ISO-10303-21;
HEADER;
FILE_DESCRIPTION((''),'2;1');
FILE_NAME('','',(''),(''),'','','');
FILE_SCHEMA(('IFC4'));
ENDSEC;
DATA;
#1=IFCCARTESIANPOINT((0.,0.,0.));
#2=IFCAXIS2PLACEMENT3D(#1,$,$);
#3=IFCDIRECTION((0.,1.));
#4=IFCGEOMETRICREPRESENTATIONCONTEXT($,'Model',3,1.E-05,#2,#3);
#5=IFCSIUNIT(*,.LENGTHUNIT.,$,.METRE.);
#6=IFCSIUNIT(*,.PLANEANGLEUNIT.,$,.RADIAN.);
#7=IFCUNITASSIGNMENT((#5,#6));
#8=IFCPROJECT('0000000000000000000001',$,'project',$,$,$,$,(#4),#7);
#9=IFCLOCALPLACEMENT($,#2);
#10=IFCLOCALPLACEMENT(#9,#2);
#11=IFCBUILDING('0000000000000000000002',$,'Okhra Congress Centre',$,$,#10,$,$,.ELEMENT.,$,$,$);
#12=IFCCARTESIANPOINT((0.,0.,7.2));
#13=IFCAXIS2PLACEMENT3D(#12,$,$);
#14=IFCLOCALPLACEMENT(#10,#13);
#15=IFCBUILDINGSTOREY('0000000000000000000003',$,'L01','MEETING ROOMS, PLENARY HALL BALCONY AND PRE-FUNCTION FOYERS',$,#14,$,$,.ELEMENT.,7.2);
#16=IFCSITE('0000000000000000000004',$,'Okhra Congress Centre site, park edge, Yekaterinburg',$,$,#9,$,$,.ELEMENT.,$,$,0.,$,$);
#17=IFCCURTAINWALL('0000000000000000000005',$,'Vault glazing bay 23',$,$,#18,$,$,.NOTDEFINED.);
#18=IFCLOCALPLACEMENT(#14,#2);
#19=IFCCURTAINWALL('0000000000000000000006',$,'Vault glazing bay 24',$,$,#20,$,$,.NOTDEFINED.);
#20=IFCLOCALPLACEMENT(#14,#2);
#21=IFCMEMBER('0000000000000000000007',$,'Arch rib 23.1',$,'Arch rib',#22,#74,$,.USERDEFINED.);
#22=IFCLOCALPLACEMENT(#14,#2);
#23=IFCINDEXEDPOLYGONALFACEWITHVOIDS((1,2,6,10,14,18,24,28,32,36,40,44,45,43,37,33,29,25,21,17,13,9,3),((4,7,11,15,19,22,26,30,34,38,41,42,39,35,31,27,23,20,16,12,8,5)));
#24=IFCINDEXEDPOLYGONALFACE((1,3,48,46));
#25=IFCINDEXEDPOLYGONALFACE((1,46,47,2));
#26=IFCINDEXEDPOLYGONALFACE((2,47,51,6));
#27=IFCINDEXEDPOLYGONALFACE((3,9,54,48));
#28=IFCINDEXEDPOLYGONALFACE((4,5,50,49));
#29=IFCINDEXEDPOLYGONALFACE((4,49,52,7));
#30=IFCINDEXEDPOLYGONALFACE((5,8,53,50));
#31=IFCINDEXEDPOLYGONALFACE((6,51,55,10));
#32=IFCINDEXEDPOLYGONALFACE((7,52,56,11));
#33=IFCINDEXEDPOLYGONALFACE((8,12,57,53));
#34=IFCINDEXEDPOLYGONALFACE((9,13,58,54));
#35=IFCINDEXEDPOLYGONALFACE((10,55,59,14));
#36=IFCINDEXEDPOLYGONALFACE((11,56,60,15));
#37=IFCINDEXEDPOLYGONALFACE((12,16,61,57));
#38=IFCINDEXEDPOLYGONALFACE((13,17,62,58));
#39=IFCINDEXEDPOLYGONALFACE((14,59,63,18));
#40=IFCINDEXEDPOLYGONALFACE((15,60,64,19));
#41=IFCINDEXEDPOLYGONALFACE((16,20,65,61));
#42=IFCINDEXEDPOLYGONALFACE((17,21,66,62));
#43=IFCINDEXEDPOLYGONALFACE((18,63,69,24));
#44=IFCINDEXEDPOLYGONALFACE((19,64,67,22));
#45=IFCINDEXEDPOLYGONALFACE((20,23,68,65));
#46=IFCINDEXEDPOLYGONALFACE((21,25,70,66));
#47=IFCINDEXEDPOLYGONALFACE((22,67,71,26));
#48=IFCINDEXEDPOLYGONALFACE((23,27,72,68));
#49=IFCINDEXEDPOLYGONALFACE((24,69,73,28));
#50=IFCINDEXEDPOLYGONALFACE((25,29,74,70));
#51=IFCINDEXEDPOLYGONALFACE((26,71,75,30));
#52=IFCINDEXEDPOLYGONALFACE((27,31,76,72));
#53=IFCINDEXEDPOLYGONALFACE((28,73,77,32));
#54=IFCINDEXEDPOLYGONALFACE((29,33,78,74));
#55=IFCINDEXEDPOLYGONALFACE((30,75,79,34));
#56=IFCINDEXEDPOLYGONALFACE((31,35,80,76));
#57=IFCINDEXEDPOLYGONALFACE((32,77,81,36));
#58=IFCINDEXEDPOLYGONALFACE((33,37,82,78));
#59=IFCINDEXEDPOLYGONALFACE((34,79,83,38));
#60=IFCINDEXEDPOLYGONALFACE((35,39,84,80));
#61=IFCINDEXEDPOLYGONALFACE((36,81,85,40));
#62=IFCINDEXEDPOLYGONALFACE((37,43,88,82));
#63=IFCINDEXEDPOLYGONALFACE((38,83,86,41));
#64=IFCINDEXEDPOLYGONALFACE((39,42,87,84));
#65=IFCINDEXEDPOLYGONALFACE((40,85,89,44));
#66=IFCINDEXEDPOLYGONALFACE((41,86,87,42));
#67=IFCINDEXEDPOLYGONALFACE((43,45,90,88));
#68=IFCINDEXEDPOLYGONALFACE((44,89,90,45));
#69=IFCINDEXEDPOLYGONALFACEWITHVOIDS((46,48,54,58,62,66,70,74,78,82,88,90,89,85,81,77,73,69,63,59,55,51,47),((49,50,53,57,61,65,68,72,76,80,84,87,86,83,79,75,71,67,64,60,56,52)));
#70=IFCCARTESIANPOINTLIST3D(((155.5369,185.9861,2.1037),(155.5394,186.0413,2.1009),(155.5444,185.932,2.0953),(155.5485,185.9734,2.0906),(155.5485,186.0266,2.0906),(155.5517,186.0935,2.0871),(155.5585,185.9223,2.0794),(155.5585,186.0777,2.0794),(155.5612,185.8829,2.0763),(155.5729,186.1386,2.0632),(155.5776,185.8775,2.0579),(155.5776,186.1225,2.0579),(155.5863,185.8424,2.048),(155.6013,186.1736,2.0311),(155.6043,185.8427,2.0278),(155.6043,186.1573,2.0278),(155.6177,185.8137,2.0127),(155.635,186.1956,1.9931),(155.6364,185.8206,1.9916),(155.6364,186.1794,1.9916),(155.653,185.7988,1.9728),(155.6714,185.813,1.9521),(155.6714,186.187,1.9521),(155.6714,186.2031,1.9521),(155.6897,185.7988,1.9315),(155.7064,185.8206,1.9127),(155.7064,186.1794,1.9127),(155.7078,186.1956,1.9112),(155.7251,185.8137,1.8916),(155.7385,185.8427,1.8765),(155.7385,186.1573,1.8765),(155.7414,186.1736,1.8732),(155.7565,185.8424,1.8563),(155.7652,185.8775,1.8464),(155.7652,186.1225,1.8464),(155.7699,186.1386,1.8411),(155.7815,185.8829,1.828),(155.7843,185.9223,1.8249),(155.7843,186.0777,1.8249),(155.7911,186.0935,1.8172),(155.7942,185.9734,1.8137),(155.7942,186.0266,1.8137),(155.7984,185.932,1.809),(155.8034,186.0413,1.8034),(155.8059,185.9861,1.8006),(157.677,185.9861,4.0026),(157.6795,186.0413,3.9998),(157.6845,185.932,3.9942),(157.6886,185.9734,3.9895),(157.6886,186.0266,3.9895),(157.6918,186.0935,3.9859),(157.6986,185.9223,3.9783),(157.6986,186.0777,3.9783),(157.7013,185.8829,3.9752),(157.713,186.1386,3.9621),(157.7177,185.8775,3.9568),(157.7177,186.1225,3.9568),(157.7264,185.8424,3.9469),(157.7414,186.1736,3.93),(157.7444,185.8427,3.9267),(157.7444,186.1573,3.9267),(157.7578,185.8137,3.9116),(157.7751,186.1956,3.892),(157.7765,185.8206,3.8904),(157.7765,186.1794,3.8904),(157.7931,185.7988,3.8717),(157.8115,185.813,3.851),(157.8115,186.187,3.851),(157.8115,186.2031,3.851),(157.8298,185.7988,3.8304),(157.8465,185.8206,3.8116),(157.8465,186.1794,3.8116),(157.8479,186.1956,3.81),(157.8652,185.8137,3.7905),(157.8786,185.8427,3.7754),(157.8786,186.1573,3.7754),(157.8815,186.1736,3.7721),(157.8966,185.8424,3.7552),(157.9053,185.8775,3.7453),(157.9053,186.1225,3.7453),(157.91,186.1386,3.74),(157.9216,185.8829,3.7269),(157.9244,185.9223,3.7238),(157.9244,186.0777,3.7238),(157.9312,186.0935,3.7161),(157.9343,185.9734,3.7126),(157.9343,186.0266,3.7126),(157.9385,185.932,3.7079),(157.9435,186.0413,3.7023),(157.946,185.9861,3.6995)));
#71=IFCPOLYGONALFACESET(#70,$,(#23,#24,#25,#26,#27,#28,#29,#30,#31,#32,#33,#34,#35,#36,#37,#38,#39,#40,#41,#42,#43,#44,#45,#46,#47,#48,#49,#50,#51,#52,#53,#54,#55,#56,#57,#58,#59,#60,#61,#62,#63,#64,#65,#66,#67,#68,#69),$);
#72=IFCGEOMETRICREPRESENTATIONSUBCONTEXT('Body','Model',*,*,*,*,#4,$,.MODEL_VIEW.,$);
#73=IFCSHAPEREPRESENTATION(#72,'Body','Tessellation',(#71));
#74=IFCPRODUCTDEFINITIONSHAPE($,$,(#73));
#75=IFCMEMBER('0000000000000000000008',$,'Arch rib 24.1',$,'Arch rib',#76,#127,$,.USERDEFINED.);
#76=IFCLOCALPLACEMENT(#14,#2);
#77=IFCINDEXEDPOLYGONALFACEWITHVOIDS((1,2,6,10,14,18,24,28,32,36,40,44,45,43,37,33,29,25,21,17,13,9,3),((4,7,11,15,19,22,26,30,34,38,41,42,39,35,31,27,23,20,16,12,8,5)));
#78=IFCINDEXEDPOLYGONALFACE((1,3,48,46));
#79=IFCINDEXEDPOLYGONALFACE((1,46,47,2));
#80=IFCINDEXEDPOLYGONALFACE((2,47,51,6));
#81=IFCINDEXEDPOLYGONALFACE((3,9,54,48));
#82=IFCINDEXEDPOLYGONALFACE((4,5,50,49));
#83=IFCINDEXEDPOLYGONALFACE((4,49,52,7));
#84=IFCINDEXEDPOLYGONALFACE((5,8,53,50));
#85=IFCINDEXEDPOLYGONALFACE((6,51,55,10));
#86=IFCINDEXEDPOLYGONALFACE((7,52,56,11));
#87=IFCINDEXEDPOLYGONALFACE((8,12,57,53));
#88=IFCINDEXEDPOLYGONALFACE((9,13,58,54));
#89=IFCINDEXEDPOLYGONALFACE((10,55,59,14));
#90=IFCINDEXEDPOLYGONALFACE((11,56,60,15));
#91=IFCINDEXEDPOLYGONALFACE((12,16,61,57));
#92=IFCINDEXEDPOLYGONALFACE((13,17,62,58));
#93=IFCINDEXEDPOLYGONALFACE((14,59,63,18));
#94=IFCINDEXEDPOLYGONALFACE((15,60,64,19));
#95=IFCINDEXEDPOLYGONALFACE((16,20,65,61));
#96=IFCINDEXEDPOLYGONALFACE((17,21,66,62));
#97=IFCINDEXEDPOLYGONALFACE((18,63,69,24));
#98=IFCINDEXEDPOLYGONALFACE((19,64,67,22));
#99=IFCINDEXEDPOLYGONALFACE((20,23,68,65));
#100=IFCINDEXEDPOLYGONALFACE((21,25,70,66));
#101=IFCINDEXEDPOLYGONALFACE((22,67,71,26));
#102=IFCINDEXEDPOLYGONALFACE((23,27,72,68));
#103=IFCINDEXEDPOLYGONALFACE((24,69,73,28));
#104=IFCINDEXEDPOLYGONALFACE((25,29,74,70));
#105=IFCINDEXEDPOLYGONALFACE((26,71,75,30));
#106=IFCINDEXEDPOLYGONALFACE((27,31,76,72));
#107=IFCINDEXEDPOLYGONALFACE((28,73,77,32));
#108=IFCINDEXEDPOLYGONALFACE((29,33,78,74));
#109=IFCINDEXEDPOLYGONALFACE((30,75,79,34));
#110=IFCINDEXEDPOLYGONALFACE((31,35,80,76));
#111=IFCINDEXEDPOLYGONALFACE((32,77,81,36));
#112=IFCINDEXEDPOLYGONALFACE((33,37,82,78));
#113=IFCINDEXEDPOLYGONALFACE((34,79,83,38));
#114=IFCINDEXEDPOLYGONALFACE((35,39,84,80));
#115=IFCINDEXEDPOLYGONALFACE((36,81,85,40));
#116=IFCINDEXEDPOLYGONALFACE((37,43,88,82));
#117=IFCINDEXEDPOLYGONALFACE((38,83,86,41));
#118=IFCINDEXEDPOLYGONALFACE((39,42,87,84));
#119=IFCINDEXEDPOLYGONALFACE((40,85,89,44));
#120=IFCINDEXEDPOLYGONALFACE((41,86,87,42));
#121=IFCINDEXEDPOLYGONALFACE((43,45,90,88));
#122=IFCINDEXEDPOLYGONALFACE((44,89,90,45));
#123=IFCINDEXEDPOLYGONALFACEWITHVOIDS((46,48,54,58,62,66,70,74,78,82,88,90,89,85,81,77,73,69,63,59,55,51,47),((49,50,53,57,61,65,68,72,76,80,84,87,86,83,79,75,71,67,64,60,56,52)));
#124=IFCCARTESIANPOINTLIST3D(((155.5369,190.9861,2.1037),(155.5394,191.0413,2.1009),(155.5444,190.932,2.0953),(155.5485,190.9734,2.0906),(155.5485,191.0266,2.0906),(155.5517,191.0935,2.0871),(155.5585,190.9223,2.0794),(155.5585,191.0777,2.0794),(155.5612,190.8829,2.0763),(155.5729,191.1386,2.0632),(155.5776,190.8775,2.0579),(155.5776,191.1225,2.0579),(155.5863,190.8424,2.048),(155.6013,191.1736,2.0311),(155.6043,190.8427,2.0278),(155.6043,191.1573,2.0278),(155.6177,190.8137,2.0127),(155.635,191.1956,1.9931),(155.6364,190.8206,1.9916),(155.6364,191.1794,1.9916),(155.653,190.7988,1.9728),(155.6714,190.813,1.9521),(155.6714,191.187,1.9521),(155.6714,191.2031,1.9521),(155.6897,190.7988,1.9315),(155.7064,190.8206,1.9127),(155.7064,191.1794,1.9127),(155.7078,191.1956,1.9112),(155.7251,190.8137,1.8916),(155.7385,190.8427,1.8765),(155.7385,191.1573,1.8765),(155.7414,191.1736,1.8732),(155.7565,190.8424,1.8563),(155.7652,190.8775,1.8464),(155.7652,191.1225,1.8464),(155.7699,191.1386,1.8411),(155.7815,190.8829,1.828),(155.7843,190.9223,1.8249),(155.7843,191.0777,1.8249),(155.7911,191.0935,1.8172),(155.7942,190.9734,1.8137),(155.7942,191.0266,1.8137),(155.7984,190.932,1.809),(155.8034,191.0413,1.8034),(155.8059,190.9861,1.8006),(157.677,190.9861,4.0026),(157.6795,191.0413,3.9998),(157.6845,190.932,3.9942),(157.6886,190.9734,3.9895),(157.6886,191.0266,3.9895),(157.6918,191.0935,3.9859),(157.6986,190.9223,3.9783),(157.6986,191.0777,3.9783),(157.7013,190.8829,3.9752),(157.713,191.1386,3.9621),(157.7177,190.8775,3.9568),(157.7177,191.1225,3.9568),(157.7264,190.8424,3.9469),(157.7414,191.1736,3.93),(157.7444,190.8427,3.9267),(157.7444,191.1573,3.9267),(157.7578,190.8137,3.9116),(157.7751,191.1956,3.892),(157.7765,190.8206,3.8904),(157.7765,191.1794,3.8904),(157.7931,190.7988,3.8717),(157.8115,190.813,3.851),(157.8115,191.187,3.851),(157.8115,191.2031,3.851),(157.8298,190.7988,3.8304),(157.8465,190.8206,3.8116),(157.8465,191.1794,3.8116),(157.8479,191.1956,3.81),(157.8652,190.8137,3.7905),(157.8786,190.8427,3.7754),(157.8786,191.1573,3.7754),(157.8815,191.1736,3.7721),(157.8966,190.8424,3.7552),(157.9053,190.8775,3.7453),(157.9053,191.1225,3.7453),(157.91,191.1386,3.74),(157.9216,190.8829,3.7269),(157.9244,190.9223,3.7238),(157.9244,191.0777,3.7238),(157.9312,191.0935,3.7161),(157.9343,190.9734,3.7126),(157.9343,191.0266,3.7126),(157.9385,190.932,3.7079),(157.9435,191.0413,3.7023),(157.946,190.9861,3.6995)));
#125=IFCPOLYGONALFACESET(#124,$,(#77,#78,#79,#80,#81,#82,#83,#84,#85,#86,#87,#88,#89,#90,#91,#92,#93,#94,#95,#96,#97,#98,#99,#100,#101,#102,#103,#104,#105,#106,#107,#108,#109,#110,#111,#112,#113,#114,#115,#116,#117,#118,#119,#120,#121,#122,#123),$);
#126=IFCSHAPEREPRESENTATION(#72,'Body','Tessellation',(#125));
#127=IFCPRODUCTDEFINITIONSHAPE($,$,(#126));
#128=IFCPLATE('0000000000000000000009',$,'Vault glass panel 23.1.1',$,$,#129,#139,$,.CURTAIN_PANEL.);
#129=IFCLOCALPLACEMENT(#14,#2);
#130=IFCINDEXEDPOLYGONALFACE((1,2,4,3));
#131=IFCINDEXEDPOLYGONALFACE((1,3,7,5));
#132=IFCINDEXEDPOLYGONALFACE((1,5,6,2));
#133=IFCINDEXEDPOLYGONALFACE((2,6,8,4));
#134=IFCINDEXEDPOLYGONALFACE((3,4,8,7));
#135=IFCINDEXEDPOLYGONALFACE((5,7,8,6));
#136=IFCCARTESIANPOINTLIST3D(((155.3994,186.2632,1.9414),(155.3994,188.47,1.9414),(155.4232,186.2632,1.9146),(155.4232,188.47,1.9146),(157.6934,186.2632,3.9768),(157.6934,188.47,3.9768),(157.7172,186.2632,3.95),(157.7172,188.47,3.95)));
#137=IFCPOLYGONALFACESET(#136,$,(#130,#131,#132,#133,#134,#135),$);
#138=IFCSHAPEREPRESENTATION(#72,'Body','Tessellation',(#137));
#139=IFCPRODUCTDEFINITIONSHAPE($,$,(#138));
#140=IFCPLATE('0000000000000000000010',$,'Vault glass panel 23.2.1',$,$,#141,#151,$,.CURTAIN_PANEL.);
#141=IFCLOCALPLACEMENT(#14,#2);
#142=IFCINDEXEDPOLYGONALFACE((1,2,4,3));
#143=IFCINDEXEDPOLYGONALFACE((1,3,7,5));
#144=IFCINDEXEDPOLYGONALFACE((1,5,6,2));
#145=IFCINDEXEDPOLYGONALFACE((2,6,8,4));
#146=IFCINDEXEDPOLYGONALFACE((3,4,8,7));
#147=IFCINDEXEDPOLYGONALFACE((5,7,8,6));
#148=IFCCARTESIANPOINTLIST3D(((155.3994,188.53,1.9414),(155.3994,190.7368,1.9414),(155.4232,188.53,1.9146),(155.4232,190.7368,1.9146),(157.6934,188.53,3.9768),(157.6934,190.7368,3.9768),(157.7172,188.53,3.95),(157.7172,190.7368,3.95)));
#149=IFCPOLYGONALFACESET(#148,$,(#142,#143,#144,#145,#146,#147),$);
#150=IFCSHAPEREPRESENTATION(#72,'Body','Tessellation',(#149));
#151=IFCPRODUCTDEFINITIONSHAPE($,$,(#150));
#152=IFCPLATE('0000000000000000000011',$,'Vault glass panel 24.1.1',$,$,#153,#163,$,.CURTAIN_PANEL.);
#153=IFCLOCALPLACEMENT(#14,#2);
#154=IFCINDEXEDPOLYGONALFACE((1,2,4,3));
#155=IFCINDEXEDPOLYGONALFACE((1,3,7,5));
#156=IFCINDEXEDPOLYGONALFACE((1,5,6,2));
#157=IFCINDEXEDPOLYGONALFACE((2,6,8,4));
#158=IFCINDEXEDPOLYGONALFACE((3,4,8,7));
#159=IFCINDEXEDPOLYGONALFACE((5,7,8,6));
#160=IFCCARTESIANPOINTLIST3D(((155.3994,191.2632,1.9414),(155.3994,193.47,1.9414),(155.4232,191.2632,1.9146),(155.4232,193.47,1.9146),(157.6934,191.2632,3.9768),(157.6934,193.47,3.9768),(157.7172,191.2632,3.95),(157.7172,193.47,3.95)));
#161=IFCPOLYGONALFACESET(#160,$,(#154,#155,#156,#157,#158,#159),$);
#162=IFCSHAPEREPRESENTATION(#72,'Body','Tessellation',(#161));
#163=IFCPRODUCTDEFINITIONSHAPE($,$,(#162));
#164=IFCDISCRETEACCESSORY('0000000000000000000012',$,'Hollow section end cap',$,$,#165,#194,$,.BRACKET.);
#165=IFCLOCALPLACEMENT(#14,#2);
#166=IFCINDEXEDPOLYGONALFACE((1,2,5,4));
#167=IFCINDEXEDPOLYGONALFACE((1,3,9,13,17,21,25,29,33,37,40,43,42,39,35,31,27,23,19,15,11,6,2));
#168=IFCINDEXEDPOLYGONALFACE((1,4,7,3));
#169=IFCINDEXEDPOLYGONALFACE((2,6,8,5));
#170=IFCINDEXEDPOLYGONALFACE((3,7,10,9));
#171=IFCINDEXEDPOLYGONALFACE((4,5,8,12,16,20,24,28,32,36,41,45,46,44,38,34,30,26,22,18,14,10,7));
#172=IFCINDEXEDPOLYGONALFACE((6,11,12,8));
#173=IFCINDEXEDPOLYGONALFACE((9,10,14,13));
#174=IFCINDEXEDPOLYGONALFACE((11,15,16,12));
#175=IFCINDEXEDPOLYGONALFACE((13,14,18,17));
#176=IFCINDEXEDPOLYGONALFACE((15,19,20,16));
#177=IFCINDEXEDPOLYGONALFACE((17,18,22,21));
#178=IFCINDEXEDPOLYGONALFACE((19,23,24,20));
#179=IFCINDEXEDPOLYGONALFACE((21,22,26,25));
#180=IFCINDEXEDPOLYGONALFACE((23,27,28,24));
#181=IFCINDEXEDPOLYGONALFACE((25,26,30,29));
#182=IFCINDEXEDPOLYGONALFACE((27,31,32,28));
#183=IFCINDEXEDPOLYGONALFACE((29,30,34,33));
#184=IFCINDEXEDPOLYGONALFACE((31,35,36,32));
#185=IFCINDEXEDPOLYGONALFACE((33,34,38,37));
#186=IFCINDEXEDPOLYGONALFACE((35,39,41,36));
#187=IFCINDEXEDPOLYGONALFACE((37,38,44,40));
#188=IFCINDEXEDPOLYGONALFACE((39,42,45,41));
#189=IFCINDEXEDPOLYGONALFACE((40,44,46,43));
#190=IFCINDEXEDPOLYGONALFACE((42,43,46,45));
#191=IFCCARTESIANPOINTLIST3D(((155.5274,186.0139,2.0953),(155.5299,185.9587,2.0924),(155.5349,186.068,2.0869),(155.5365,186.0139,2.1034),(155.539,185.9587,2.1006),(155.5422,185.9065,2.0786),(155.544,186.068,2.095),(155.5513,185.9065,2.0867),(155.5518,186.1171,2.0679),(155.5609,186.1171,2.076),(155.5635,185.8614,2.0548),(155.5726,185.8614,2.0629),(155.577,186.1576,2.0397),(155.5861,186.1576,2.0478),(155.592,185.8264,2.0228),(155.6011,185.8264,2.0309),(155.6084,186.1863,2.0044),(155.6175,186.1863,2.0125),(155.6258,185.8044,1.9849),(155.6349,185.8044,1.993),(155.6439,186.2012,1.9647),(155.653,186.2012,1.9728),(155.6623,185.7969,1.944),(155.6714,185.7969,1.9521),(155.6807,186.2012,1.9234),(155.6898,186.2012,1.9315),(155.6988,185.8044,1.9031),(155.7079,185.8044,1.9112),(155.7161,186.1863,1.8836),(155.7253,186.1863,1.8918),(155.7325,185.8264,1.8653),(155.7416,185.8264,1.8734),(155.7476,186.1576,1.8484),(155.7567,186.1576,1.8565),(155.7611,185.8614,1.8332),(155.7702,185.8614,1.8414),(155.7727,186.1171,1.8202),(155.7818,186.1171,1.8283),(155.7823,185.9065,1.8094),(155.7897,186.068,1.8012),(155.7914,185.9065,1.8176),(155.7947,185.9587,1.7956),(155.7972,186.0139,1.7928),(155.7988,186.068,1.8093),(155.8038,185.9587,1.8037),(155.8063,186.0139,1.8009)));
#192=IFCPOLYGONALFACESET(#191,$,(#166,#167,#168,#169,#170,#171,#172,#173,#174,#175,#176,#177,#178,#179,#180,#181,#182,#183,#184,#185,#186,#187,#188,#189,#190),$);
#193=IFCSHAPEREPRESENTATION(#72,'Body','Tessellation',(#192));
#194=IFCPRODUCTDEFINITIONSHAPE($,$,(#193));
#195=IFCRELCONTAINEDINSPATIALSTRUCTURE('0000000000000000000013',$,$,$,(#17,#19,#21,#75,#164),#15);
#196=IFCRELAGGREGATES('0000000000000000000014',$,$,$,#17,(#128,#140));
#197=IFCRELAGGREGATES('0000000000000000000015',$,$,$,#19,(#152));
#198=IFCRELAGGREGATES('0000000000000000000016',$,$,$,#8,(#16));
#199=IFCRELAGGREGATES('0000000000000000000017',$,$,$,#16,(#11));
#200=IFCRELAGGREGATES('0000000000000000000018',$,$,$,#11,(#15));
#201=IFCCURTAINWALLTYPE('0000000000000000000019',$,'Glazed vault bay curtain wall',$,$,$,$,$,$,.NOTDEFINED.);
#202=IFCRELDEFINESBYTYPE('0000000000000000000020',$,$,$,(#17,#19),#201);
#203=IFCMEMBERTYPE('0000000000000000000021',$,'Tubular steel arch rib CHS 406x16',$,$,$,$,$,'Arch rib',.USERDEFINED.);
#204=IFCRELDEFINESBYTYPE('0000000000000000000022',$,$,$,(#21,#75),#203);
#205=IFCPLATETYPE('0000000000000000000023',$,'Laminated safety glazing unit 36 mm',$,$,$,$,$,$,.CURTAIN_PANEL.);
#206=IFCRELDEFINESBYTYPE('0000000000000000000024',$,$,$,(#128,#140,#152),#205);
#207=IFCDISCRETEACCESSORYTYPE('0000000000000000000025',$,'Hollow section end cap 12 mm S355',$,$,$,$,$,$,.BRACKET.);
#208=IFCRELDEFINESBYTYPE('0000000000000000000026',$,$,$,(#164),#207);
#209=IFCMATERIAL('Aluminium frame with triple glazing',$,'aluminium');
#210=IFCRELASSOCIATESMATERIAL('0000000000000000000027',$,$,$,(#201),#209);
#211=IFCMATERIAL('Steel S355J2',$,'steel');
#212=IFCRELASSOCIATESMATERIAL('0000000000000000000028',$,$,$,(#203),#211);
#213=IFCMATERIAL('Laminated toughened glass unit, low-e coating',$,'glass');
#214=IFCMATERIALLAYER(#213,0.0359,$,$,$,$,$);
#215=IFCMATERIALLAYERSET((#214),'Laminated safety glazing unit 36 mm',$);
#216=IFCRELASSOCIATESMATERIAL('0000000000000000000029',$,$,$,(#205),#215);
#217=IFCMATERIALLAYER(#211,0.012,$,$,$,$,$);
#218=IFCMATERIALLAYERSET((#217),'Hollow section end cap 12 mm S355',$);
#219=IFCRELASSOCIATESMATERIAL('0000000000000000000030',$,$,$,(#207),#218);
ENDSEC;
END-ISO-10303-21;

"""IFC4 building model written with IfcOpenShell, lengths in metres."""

from ifc_helpers import new_model, si_unit, direction, frame, origin, origin_2d, place, context, subcontext, project, spatial, polyline, circle, hollow_circle, outline, extrude, material, layer, layer_set, material_profile, profile_set, type_object, element, aggregate, save


model = new_model("IFC4")

# Units and contexts
model_context = context("Model", 3, precision=1e-05, world=origin(), true_north=direction((0.0, 1.0)))
body_context = subcontext(model_context, "Body", "Model", "MODEL_VIEW")
ifc_project = project(units=[si_unit("LENGTHUNIT", "METRE"), si_unit("PLANEANGLEUNIT", "RADIAN")], contexts=[model_context])

# Site, building, storey
site_placement = place(None, origin())
site = spatial("IfcSite", under=ifc_project, at=site_placement, Name="Okhra Congress Centre site, park edge, Yekaterinburg", CompositionType="ELEMENT", RefElevation=0.0)
building_placement = place(site_placement, origin())
building = spatial("IfcBuilding", under=site, at=building_placement, Name="Okhra Congress Centre", CompositionType="ELEMENT")
storey_placement = place(building_placement, frame((0.0, 0.0, 7.2)))
storey = spatial("IfcBuildingStorey", under=building, at=storey_placement, Name="L01", Description="MEETING ROOMS, PLENARY HALL BALCONY AND PRE-FUNCTION FOYERS", CompositionType="ELEMENT", Elevation=7.2)

# Curtain wall
ifc_material_1 = material(Name="Aluminium frame with triple glazing", Category="aluminium")
curtain_wall_type = type_object("IfcCurtainWallType", Name="Glazed vault bay curtain wall", PredefinedType="NOTDEFINED", material=ifc_material_1)
curtain_wall_1_placement = place(storey_placement, origin())
curtain_wall_1 = element("IfcCurtainWall", 1, at=curtain_wall_1_placement, inside=storey, type_object=curtain_wall_type, Name="Vault glazing bay 23", PredefinedType="NOTDEFINED")

# Curtain wall
curtain_wall_2_placement = place(storey_placement, origin())
curtain_wall_2 = element("IfcCurtainWall", 2, at=curtain_wall_2_placement, inside=storey, type_object=curtain_wall_type, Name="Vault glazing bay 24", PredefinedType="NOTDEFINED")

# Shared definitions
ifc_material_2 = material(Name="Steel S355J2", Category="steel")

# Members
ifc_material_profile_1 = material_profile(ifc_material_2, hollow_circle(Radius=0.2031, WallThickness=0.0161, at=origin_2d()), Name="CHS 406.4x16")
ifc_profile_set_1 = profile_set([ifc_material_profile_1], Name="Steel S355J2")
member_type_1 = type_object("IfcMemberType", Name="Tubular steel arch rib CHS 406x16", ElementType="Arch rib", PredefinedType="USERDEFINED", material=ifc_profile_set_1)
for number, where, z_axis, x_axis, name in (
    (3, (155.6714, 186.0, 1.9521), (0.748002, 0.0, 0.663696), (0.0, 1.0, 0.0), "Arch rib 23.1"),
    (4, (155.6714, 191.0, 1.9521), (0.748002, 0.0, 0.663696), (0.0, 1.0, 0.0), "Arch rib 24.1"),
):
    element("IfcMember", number, at=place(storey_placement, frame(where, z_axis=z_axis, x_axis=x_axis)), inside=storey, type_object=member_type_1, Name=name, ObjectType="Arch rib", PredefinedType="USERDEFINED", context=body_context, shape_type="SweptSolid", body=[
        extrude(hollow_circle(Radius=0.2031, WallThickness=0.0161, at=origin_2d()), origin(), (0.0, 0.0, 1.0), 2.8611),
    ])

# Plates
ifc_material_3 = material(Name="Laminated toughened glass unit, low-e coating", Category="glass")
ifc_layer_1 = layer(ifc_material_3, 0.0359)
ifc_layer_set_1 = layer_set([ifc_layer_1], Name="Laminated safety glazing unit 36 mm")
plate_type = type_object("IfcPlateType", Name="Laminated safety glazing unit 36 mm", PredefinedType="CURTAIN_PANEL", material=ifc_layer_set_1)
plate_1_placement = place(storey_placement, frame((155.3994, 186.2632, 1.9414), z_axis=(-0.663697, 0.0, 0.748002), x_axis=(0.748002, 0.0, 0.663697)))
plate_1 = element("IfcPlate", 5, at=plate_1_placement, type_object=plate_type, Name="Vault glass panel 23.1.1", PredefinedType="CURTAIN_PANEL", context=body_context, shape_type="SweptSolid", body=[
    extrude(outline(polyline([(0.0, 0.0), (3.0668, 0.0), (3.0668, 2.2068), (0.0, 2.2068), (0.0, 0.0)])), origin(), (0.0, 0.0, -1.0), 0.0359),
])
plate_2_placement = place(storey_placement, frame((155.3994, 188.53, 1.9414), z_axis=(-0.663697, 0.0, 0.748002), x_axis=(0.748002, 0.0, 0.663697)))
plate_2 = element("IfcPlate", 6, at=plate_2_placement, type_object=plate_type, Name="Vault glass panel 23.2.1", PredefinedType="CURTAIN_PANEL", context=body_context, shape_type="SweptSolid", body=[
    extrude(outline(polyline([(0.0, 0.0), (3.0668, 0.0), (3.0668, 2.2068), (0.0, 2.2068), (0.0, 0.0)])), origin(), (0.0, 0.0, -1.0), 0.0359),
])
aggregate(curtain_wall_1, [plate_1, plate_2])
plate_3_placement = place(storey_placement, frame((155.3994, 191.2632, 1.9414), z_axis=(-0.663697, 0.0, 0.748002), x_axis=(0.748002, 0.0, 0.663697)))
plate_3 = element("IfcPlate", 7, at=plate_3_placement, type_object=plate_type, Name="Vault glass panel 24.1.1", PredefinedType="CURTAIN_PANEL", context=body_context, shape_type="SweptSolid", body=[
    extrude(outline(polyline([(0.0, 0.0), (3.0668, 0.0), (3.0668, 2.2068), (0.0, 2.2068), (0.0, 0.0)])), origin(), (0.0, 0.0, -1.0), 0.0359),
])
aggregate(curtain_wall_2, [plate_3])

# Discrete accessory
ifc_layer_2 = layer(ifc_material_2, 0.012)
ifc_layer_set_2 = layer_set([ifc_layer_2], Name="Hollow section end cap 12 mm S355")
discrete_accessory_type_1 = type_object("IfcDiscreteAccessoryType", Name="Hollow section end cap 12 mm S355", PredefinedType="BRACKET", material=ifc_layer_set_2)
for number, where, z_axis, x_axis, name in (
    (8, (155.6714, 186.0, 1.9521), (-0.746295, 0.0, -0.665615), (0.0, -1.0, 0.0), "Hollow section end cap"),
):
    element("IfcDiscreteAccessory", number, at=place(storey_placement, frame(where, z_axis=z_axis, x_axis=x_axis)), inside=storey, type_object=discrete_accessory_type_1, Name=name, PredefinedType="BRACKET", context=body_context, shape_type="SweptSolid", body=[
        extrude(circle(Radius=0.2031, at=origin_2d()), origin(), (0.0, 0.0, 1.0), 0.0122),
    ])

save(model, "model.ifc")
